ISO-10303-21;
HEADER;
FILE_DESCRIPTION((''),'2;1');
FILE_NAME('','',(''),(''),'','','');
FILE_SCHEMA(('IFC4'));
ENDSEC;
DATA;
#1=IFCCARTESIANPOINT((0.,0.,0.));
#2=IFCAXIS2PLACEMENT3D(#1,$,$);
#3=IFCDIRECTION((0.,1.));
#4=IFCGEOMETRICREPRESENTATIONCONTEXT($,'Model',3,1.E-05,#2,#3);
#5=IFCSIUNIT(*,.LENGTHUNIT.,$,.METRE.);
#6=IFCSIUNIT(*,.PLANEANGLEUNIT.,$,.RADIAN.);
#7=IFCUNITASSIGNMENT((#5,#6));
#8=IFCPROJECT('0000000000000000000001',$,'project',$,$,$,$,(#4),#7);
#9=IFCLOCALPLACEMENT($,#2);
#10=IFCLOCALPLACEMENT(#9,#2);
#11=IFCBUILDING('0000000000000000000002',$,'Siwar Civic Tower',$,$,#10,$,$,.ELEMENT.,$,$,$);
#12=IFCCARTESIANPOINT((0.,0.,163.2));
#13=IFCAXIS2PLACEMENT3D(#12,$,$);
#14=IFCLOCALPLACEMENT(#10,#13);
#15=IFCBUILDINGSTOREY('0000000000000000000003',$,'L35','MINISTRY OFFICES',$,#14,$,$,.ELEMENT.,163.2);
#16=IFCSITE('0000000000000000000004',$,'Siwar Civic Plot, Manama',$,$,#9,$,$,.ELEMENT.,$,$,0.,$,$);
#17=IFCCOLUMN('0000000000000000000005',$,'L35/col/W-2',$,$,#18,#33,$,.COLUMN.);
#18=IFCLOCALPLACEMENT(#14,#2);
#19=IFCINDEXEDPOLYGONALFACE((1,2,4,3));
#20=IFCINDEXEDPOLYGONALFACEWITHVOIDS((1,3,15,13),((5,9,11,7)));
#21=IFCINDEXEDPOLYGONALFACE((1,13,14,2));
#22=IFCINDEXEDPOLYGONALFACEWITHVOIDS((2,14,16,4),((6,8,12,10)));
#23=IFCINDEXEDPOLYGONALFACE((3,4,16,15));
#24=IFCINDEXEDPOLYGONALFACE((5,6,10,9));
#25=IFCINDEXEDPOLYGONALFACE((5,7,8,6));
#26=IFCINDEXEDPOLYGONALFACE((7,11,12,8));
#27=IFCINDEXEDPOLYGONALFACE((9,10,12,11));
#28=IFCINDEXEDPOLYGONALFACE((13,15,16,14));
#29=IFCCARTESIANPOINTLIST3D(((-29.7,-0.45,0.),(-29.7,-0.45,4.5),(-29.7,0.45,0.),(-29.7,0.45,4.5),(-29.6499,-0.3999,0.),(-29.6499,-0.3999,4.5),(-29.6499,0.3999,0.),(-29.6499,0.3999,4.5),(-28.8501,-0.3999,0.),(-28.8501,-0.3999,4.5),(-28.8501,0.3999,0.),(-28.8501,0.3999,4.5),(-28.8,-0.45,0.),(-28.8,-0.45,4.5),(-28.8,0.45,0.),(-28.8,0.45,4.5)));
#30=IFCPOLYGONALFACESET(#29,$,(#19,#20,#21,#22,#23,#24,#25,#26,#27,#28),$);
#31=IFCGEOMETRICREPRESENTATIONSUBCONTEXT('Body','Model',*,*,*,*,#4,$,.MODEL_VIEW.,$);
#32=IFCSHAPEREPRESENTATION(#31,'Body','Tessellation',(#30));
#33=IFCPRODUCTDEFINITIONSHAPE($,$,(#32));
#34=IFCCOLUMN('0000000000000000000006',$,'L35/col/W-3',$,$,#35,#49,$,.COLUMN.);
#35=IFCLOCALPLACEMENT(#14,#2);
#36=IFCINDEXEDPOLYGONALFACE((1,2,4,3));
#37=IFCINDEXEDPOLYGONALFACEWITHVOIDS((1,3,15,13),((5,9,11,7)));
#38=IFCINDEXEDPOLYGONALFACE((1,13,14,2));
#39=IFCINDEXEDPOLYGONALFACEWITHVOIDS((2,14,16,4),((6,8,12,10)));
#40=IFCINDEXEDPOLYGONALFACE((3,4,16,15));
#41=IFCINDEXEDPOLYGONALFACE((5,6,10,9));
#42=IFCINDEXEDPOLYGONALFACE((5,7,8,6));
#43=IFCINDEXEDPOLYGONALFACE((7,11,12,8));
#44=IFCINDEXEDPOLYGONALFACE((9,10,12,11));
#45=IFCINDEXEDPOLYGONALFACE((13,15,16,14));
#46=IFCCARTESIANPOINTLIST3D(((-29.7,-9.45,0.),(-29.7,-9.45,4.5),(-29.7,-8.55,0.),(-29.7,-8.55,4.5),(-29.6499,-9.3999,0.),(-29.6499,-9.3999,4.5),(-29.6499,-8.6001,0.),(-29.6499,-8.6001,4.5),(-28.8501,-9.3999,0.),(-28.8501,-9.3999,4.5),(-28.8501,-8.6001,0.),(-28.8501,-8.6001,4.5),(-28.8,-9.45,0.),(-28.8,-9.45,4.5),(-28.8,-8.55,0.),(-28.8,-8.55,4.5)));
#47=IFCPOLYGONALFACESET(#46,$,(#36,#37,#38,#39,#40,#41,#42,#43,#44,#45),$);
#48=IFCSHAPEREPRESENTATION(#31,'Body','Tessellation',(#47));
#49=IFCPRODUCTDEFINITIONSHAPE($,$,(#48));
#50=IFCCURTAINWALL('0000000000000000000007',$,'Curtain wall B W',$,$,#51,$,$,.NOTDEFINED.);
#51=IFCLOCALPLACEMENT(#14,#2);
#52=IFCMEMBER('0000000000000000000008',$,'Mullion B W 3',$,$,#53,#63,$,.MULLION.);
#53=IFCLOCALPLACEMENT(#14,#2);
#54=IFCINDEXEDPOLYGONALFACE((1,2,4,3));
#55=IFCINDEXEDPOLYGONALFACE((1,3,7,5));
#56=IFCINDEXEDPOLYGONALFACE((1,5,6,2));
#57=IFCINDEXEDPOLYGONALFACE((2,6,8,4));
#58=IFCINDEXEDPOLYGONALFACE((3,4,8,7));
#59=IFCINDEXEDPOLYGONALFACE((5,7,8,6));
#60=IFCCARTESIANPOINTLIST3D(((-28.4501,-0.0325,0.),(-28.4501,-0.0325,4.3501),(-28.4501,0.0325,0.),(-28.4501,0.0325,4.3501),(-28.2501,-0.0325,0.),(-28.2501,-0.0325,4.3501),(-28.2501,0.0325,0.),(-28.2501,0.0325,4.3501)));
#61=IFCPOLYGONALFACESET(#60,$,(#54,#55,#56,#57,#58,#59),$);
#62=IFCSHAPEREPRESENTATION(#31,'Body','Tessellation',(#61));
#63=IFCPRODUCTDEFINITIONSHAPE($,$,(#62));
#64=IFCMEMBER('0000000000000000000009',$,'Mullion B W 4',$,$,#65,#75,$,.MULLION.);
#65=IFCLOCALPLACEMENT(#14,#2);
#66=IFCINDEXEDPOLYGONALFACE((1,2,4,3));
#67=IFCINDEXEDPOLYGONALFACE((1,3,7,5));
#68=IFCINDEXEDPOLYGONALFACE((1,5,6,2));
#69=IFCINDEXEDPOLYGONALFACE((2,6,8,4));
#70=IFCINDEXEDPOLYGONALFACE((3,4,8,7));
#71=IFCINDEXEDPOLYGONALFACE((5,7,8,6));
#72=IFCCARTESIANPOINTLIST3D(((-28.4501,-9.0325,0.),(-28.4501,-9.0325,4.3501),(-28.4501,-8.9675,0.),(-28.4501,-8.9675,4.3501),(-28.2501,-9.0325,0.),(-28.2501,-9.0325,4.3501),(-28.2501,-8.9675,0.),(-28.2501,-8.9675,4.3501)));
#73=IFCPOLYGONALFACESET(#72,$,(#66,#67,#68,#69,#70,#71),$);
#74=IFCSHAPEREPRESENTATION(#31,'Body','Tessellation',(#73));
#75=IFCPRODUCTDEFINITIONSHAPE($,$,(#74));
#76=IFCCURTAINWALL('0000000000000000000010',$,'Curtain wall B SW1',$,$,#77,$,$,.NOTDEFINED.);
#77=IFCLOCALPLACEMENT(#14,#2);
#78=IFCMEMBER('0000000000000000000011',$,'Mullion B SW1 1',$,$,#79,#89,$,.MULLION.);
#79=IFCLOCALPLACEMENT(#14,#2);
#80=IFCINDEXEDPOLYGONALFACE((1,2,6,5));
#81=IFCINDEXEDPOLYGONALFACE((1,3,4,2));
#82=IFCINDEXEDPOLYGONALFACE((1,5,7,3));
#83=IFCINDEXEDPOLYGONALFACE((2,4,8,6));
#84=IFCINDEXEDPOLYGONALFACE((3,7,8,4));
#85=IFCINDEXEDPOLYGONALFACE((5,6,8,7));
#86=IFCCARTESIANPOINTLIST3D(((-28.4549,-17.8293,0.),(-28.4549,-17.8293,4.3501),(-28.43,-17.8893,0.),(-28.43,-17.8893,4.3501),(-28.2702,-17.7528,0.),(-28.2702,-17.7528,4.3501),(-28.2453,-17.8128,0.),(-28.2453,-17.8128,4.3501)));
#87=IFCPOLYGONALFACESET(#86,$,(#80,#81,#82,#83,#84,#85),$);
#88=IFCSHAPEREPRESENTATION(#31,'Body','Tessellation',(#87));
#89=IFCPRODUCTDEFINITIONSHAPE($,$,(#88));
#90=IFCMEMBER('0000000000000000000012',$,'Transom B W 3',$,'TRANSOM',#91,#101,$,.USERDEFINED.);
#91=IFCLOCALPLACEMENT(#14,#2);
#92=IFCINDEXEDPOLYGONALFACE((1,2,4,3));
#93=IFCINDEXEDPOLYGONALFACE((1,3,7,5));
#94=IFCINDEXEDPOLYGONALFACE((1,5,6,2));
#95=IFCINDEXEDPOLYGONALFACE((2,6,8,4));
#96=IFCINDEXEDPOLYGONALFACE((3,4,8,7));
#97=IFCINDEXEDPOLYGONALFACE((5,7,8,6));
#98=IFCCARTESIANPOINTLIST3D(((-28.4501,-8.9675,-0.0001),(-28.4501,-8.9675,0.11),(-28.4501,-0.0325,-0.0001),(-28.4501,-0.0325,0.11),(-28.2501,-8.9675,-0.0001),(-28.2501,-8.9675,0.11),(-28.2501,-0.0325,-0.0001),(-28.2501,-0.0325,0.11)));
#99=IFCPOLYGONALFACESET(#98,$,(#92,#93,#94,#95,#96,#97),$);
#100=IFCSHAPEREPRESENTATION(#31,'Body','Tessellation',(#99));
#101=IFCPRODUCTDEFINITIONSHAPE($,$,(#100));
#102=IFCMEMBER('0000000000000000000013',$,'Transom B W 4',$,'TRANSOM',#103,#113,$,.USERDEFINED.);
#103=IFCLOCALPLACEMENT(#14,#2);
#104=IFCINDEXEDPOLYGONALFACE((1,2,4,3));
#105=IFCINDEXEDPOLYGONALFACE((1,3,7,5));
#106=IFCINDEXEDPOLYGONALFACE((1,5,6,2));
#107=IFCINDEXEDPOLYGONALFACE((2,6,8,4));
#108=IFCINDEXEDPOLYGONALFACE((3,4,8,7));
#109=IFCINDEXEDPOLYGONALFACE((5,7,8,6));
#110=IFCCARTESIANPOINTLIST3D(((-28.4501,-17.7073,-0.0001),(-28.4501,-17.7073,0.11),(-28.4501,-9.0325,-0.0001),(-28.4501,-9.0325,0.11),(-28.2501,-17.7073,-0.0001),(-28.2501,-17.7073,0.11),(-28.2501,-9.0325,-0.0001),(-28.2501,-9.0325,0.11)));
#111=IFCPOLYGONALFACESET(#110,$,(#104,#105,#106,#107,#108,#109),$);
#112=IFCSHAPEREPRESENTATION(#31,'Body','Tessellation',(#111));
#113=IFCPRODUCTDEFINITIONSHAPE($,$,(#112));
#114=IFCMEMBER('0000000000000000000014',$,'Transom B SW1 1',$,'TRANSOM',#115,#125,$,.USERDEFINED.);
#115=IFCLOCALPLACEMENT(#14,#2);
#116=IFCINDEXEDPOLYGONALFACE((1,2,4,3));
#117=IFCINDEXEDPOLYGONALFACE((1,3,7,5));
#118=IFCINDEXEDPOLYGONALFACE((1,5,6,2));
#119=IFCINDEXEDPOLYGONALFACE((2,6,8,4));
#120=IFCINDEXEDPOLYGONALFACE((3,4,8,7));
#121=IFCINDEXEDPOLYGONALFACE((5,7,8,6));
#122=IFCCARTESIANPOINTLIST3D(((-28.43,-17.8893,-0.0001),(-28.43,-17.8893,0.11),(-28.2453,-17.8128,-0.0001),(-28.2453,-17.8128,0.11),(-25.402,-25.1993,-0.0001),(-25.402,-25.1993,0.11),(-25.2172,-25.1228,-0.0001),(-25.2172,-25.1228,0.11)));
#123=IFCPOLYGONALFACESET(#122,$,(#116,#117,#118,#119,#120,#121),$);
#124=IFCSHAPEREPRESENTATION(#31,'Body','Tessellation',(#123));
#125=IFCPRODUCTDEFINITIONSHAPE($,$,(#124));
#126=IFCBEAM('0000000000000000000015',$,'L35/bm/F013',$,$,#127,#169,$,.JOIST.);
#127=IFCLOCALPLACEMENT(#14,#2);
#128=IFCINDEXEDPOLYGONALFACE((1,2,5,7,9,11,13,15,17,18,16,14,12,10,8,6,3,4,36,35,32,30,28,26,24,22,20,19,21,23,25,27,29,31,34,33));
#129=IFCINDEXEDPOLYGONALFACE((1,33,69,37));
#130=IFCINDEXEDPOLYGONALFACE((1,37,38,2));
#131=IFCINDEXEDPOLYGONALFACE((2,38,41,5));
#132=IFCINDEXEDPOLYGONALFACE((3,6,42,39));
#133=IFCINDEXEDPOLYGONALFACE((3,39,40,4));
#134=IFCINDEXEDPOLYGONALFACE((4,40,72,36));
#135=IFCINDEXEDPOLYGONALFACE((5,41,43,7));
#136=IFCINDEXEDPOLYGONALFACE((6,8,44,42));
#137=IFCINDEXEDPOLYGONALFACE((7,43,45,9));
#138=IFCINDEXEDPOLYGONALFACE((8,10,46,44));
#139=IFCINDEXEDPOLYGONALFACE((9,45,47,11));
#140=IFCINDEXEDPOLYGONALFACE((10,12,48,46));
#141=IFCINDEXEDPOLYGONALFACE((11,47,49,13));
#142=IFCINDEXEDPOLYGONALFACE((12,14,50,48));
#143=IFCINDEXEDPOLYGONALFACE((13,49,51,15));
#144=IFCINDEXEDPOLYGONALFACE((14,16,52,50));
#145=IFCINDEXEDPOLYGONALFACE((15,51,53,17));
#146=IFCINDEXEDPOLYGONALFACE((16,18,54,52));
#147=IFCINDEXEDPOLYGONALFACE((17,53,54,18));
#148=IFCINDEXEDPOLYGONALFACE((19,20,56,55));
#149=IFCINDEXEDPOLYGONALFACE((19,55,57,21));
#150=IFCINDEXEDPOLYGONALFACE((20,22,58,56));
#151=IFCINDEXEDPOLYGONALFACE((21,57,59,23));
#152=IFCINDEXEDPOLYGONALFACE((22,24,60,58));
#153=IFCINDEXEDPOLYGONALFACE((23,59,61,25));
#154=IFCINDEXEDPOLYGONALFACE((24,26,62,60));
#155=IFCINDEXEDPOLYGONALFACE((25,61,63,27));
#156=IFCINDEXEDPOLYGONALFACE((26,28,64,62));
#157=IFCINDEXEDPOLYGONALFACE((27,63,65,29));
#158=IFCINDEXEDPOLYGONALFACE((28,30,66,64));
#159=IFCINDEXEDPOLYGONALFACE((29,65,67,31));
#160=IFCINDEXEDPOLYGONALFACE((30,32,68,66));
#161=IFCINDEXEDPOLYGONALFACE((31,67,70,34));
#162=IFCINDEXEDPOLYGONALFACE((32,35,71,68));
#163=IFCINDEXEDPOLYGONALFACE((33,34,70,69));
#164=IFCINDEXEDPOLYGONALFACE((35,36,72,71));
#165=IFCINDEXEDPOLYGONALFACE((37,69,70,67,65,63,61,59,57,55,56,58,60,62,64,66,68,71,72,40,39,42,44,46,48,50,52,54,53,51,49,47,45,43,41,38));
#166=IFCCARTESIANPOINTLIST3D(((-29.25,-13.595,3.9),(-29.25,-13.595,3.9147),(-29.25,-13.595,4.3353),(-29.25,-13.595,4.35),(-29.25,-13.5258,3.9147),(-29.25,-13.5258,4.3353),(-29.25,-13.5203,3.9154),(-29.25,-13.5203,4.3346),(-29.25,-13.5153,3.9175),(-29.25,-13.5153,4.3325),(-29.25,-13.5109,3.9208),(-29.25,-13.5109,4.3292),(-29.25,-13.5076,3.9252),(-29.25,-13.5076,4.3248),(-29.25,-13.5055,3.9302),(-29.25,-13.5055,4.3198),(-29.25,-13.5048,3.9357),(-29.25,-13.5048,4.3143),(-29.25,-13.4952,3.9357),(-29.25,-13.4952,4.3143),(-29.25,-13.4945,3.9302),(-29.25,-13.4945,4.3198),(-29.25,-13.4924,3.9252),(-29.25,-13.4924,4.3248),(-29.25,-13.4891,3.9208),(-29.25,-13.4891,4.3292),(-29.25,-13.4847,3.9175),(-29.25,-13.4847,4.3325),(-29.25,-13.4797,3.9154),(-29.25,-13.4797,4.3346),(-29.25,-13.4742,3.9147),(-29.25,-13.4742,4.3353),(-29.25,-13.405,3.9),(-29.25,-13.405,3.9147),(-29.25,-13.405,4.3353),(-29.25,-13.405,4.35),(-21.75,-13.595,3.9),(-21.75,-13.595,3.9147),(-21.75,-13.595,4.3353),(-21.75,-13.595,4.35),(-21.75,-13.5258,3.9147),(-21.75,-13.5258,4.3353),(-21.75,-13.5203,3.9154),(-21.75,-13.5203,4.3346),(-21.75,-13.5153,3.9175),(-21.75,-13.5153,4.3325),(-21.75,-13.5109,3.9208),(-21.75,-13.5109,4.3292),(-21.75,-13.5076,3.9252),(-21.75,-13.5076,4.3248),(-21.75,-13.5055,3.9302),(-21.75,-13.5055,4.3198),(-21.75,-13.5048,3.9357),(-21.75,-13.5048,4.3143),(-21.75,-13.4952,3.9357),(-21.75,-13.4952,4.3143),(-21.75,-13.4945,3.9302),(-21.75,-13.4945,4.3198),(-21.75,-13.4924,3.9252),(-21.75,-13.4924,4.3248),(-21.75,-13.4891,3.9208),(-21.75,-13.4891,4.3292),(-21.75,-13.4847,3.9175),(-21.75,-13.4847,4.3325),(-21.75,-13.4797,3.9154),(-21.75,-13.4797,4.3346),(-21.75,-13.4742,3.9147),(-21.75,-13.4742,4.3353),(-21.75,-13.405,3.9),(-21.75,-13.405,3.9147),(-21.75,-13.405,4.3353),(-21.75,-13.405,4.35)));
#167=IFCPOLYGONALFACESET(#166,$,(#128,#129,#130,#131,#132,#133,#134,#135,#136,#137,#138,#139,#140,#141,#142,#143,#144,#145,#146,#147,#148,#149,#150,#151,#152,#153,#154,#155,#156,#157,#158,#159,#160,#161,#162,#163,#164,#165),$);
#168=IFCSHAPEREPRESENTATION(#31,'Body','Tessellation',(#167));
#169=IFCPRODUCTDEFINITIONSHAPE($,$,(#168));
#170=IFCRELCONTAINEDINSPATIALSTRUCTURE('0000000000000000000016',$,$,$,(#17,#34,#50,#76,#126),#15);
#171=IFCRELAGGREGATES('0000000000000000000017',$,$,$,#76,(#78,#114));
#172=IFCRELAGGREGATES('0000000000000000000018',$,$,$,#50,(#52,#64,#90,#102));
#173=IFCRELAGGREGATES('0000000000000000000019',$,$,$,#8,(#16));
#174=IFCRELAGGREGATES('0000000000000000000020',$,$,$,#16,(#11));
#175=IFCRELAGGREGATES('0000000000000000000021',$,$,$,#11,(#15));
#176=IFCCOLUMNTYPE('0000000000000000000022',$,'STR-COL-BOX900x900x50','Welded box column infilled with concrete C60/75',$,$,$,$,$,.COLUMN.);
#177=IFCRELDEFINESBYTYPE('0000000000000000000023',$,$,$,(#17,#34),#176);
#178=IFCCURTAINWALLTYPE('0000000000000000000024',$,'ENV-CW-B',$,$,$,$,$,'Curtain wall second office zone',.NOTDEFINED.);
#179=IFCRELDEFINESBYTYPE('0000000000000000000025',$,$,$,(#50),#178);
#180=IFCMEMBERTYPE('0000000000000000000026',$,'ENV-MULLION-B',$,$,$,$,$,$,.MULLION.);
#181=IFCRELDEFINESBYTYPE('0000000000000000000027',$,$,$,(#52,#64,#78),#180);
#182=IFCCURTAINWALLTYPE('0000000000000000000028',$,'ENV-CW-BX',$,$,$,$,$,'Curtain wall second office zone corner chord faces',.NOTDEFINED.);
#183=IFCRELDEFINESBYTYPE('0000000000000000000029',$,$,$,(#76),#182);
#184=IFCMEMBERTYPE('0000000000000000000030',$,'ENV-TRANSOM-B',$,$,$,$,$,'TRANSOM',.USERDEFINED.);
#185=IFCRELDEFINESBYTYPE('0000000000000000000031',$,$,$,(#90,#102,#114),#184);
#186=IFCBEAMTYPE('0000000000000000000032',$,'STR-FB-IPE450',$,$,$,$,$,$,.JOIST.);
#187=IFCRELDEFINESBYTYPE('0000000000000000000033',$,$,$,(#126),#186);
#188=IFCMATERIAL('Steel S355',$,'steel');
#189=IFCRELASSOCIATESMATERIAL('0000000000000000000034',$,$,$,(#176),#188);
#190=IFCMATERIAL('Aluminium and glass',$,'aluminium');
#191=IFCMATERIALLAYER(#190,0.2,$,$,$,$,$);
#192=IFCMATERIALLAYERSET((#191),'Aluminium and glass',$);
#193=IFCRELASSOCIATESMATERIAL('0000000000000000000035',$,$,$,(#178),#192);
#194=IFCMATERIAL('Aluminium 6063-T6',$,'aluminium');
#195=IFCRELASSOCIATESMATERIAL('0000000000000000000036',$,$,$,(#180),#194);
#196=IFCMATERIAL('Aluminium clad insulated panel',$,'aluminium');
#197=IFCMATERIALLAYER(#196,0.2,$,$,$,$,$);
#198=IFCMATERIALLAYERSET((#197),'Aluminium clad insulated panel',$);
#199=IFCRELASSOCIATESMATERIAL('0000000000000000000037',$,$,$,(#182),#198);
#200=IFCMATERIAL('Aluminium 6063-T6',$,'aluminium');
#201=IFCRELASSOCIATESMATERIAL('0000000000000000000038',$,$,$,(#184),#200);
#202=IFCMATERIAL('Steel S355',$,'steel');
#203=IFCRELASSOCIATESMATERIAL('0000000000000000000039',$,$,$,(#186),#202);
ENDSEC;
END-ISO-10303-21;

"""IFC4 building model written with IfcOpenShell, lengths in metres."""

from ifc_helpers import new_model, si_unit, direction, frame, origin, origin_2d, place, context, subcontext, project, spatial, rectangle, hollow_rectangle, i_section, extrude, material, layer, layer_set, material_profile, profile_set, type_object, element, aggregate, save


model = new_model("IFC4")

# Units and contexts
model_context = context("Model", 3, precision=1e-05, world=origin(), true_north=direction((0.0, 1.0)))
body_context = subcontext(model_context, "Body", "Model", "MODEL_VIEW")
ifc_project = project(units=[si_unit("LENGTHUNIT", "METRE"), si_unit("PLANEANGLEUNIT", "RADIAN")], contexts=[model_context])

# Site, building, storey
site_placement = place(None, origin())
site = spatial("IfcSite", under=ifc_project, at=site_placement, Name="Siwar Civic Plot, Manama", CompositionType="ELEMENT", RefElevation=0.0)
building_placement = place(site_placement, origin())
building = spatial("IfcBuilding", under=site, at=building_placement, Name="Siwar Civic Tower", CompositionType="ELEMENT")
storey_placement = place(building_placement, frame((0.0, 0.0, 163.2)))
storey = spatial("IfcBuildingStorey", under=building, at=storey_placement, Name="L35", Description="MINISTRY OFFICES", CompositionType="ELEMENT", Elevation=163.2)

# Columns
ifc_material_1 = material(Name="Steel S355", Category="steel")
ifc_material_profile_1 = material_profile(ifc_material_1, hollow_rectangle(XDim=0.8999, YDim=0.8999, WallThickness=0.05, at=origin_2d()), Name="BOX900x900x50")
ifc_profile_set_1 = profile_set([ifc_material_profile_1], Name="Steel S355")
column_type = type_object("IfcColumnType", Name="STR-COL-BOX900x900x50", Description="Welded box column infilled with concrete C60/75", PredefinedType="COLUMN", material=ifc_profile_set_1)
for number, where, z_axis, x_axis, name in (
    (1, (-29.25, 0.0, 0.0), (0.0, 0.0, 1.0), (1.0, 0.0, 0.0), "L35/col/W-2"),
    (2, (-29.25, -9.0, 0.0), (0.0, 0.0, 1.0), (1.0, 0.0, 0.0), "L35/col/W-3"),
):
    element("IfcColumn", number, at=place(storey_placement, frame(where, z_axis=z_axis, x_axis=x_axis)), inside=storey, type_object=column_type, Name=name, PredefinedType="COLUMN", context=body_context, shape_type="SweptSolid", body=[
        extrude(hollow_rectangle(XDim=0.8999, YDim=0.8999, WallThickness=0.05, at=origin_2d()), origin(), (0.0, 0.0, 1.0), 4.5),
    ])

# Curtain wall, members
ifc_material_2 = material(Name="Aluminium and glass", Category="aluminium")
ifc_layer_1 = layer(ifc_material_2, 0.2)
ifc_layer_set_1 = layer_set([ifc_layer_1], Name="Aluminium and glass")
curtain_wall_type_1 = type_object("IfcCurtainWallType", Name="ENV-CW-B", ElementType="Curtain wall second office zone", PredefinedType="NOTDEFINED", material=ifc_layer_set_1)
curtain_wall_1_placement = place(storey_placement, origin())
curtain_wall_1 = element("IfcCurtainWall", 3, at=curtain_wall_1_placement, inside=storey, type_object=curtain_wall_type_1, Name="Curtain wall B W", PredefinedType="NOTDEFINED")
ifc_material_3 = material(Name="Aluminium 6063-T6", Category="aluminium")
ifc_material_profile_2 = material_profile(ifc_material_3, rectangle(XDim=0.2, YDim=0.0649, at=origin_2d()), Name="AL 200x65")
ifc_profile_set_2 = profile_set([ifc_material_profile_2], Name="Aluminium 6063-T6")
member_type_1 = type_object("IfcMemberType", Name="ENV-MULLION-B", PredefinedType="MULLION", material=ifc_profile_set_2)
member_1_placement = place(storey_placement, frame((-28.3501, 0.0, 0.0), z_axis=(0.0, 0.0, 1.0), x_axis=(1.0, 0.0, 0.0)))
member_1 = element("IfcMember", 4, at=member_1_placement, type_object=member_type_1, Name="Mullion B W 3", PredefinedType="MULLION", context=body_context, shape_type="SweptSolid", body=[
    extrude(rectangle(XDim=0.2, YDim=0.0649, at=origin_2d()), origin(), (0.0, 0.0, 1.0), 4.3501),
])
member_2_placement = place(storey_placement, frame((-28.3501, -9.0, 0.0), z_axis=(0.0, 0.0, 1.0), x_axis=(1.0, 0.0, 0.0)))
member_2 = element("IfcMember", 5, at=member_2_placement, type_object=member_type_1, Name="Mullion B W 4", PredefinedType="MULLION", context=body_context, shape_type="SweptSolid", body=[
    extrude(rectangle(XDim=0.2, YDim=0.0649, at=origin_2d()), origin(), (0.0, 0.0, 1.0), 4.3501),
])

# Curtain wall, member
ifc_material_4 = material(Name="Aluminium clad insulated panel", Category="aluminium")
ifc_layer_2 = layer(ifc_material_4, 0.2)
ifc_layer_set_2 = layer_set([ifc_layer_2], Name="Aluminium clad insulated panel")
curtain_wall_type_2 = type_object("IfcCurtainWallType", Name="ENV-CW-BX", ElementType="Curtain wall second office zone corner chord faces", PredefinedType="NOTDEFINED", material=ifc_layer_set_2)
curtain_wall_2_placement = place(storey_placement, origin())
curtain_wall_2 = element("IfcCurtainWall", 6, at=curtain_wall_2_placement, inside=storey, type_object=curtain_wall_type_2, Name="Curtain wall B SW1", PredefinedType="NOTDEFINED")
member_3_placement = place(storey_placement, frame((-28.3501, -17.821, 0.0), z_axis=(0.0, 0.0, 1.0), x_axis=(0.92388, 0.382683, 0.0)))
member_3 = element("IfcMember", 7, at=member_3_placement, type_object=member_type_1, Name="Mullion B SW1 1", PredefinedType="MULLION", context=body_context, shape_type="SweptSolid", body=[
    extrude(rectangle(XDim=0.2, YDim=0.0649, at=origin_2d()), origin(), (0.0, 0.0, 1.0), 4.3501),
])

# Members
ifc_material_5 = material(Name="Aluminium 6063-T6", Category="aluminium")
ifc_material_profile_3 = material_profile(ifc_material_5, rectangle(XDim=0.2, YDim=0.1101, at=origin_2d()), Name="AL 200x110")
ifc_profile_set_3 = profile_set([ifc_material_profile_3], Name="Aluminium 6063-T6")
member_type_2 = type_object("IfcMemberType", Name="ENV-TRANSOM-B", ElementType="TRANSOM", PredefinedType="USERDEFINED", material=ifc_profile_set_3)
member_4_placement = place(storey_placement, frame((-28.3501, -0.0325, 0.0549), z_axis=(0.0, -1.0, 0.0), x_axis=(1.0, 0.0, 0.0)))
member_4 = element("IfcMember", 8, at=member_4_placement, type_object=member_type_2, Name="Transom B W 3", ObjectType="TRANSOM", PredefinedType="USERDEFINED", context=body_context, shape_type="SweptSolid", body=[
    extrude(rectangle(XDim=0.2, YDim=0.1101, at=origin_2d()), origin(), (0.0, 0.0, 1.0), 8.9351),
])
member_5_placement = place(storey_placement, frame((-28.3501, -9.0325, 0.0549), z_axis=(0.0, -1.0, 0.0), x_axis=(1.0, 0.0, 0.0)))
member_5 = element("IfcMember", 9, at=member_5_placement, type_object=member_type_2, Name="Transom B W 4", ObjectType="TRANSOM", PredefinedType="USERDEFINED", context=body_context, shape_type="SweptSolid", body=[
    extrude(rectangle(XDim=0.2, YDim=0.1101, at=origin_2d()), origin(), (0.0, 0.0, 1.0), 8.6748),
])
member_6_placement = place(storey_placement, frame((-28.3376, -17.8511, 0.0549), z_axis=(0.3827, -0.923873, 0.0), x_axis=(0.923873, 0.3827, 0.0)))
member_6 = element("IfcMember", 10, at=member_6_placement, type_object=member_type_2, Name="Transom B SW1 1", ObjectType="TRANSOM", PredefinedType="USERDEFINED", context=body_context, shape_type="SweptSolid", body=[
    extrude(rectangle(XDim=0.2, YDim=0.1101, at=origin_2d()), origin(), (0.0, 0.0, 1.0), 7.9124),
])
aggregate(curtain_wall_2, [member_3, member_6])

# Beam
ifc_material_6 = material(Name="Steel S355", Category="steel")
ifc_material_profile_4 = material_profile(ifc_material_6, i_section(OverallWidth=0.1899, OverallDepth=0.45, WebThickness=0.0095, FlangeThickness=0.0146, FilletRadius=0.021, at=origin_2d()), Name="IPE450")
ifc_profile_set_4 = profile_set([ifc_material_profile_4], Name="Steel S355")
beam_type_1 = type_object("IfcBeamType", Name="STR-FB-IPE450", PredefinedType="JOIST", material=ifc_profile_set_4)
beam_1_placement = place(storey_placement, frame((-29.25, -13.5, 4.125), z_axis=(1.0, 0.0, 0.0), x_axis=(0.0, 1.0, 0.0)))
element("IfcBeam", 11, at=beam_1_placement, inside=storey, type_object=beam_type_1, Name="L35/bm/F013", PredefinedType="JOIST", context=body_context, shape_type="SweptSolid", body=[
    extrude(i_section(OverallWidth=0.1899, OverallDepth=0.45, WebThickness=0.0095, FlangeThickness=0.0146, FilletRadius=0.021, at=origin_2d()), origin(), (0.0, 0.0, 1.0), 7.5),
])

aggregate(curtain_wall_1, [member_1, member_2, member_4, member_5])

save(model, "model.ifc")
